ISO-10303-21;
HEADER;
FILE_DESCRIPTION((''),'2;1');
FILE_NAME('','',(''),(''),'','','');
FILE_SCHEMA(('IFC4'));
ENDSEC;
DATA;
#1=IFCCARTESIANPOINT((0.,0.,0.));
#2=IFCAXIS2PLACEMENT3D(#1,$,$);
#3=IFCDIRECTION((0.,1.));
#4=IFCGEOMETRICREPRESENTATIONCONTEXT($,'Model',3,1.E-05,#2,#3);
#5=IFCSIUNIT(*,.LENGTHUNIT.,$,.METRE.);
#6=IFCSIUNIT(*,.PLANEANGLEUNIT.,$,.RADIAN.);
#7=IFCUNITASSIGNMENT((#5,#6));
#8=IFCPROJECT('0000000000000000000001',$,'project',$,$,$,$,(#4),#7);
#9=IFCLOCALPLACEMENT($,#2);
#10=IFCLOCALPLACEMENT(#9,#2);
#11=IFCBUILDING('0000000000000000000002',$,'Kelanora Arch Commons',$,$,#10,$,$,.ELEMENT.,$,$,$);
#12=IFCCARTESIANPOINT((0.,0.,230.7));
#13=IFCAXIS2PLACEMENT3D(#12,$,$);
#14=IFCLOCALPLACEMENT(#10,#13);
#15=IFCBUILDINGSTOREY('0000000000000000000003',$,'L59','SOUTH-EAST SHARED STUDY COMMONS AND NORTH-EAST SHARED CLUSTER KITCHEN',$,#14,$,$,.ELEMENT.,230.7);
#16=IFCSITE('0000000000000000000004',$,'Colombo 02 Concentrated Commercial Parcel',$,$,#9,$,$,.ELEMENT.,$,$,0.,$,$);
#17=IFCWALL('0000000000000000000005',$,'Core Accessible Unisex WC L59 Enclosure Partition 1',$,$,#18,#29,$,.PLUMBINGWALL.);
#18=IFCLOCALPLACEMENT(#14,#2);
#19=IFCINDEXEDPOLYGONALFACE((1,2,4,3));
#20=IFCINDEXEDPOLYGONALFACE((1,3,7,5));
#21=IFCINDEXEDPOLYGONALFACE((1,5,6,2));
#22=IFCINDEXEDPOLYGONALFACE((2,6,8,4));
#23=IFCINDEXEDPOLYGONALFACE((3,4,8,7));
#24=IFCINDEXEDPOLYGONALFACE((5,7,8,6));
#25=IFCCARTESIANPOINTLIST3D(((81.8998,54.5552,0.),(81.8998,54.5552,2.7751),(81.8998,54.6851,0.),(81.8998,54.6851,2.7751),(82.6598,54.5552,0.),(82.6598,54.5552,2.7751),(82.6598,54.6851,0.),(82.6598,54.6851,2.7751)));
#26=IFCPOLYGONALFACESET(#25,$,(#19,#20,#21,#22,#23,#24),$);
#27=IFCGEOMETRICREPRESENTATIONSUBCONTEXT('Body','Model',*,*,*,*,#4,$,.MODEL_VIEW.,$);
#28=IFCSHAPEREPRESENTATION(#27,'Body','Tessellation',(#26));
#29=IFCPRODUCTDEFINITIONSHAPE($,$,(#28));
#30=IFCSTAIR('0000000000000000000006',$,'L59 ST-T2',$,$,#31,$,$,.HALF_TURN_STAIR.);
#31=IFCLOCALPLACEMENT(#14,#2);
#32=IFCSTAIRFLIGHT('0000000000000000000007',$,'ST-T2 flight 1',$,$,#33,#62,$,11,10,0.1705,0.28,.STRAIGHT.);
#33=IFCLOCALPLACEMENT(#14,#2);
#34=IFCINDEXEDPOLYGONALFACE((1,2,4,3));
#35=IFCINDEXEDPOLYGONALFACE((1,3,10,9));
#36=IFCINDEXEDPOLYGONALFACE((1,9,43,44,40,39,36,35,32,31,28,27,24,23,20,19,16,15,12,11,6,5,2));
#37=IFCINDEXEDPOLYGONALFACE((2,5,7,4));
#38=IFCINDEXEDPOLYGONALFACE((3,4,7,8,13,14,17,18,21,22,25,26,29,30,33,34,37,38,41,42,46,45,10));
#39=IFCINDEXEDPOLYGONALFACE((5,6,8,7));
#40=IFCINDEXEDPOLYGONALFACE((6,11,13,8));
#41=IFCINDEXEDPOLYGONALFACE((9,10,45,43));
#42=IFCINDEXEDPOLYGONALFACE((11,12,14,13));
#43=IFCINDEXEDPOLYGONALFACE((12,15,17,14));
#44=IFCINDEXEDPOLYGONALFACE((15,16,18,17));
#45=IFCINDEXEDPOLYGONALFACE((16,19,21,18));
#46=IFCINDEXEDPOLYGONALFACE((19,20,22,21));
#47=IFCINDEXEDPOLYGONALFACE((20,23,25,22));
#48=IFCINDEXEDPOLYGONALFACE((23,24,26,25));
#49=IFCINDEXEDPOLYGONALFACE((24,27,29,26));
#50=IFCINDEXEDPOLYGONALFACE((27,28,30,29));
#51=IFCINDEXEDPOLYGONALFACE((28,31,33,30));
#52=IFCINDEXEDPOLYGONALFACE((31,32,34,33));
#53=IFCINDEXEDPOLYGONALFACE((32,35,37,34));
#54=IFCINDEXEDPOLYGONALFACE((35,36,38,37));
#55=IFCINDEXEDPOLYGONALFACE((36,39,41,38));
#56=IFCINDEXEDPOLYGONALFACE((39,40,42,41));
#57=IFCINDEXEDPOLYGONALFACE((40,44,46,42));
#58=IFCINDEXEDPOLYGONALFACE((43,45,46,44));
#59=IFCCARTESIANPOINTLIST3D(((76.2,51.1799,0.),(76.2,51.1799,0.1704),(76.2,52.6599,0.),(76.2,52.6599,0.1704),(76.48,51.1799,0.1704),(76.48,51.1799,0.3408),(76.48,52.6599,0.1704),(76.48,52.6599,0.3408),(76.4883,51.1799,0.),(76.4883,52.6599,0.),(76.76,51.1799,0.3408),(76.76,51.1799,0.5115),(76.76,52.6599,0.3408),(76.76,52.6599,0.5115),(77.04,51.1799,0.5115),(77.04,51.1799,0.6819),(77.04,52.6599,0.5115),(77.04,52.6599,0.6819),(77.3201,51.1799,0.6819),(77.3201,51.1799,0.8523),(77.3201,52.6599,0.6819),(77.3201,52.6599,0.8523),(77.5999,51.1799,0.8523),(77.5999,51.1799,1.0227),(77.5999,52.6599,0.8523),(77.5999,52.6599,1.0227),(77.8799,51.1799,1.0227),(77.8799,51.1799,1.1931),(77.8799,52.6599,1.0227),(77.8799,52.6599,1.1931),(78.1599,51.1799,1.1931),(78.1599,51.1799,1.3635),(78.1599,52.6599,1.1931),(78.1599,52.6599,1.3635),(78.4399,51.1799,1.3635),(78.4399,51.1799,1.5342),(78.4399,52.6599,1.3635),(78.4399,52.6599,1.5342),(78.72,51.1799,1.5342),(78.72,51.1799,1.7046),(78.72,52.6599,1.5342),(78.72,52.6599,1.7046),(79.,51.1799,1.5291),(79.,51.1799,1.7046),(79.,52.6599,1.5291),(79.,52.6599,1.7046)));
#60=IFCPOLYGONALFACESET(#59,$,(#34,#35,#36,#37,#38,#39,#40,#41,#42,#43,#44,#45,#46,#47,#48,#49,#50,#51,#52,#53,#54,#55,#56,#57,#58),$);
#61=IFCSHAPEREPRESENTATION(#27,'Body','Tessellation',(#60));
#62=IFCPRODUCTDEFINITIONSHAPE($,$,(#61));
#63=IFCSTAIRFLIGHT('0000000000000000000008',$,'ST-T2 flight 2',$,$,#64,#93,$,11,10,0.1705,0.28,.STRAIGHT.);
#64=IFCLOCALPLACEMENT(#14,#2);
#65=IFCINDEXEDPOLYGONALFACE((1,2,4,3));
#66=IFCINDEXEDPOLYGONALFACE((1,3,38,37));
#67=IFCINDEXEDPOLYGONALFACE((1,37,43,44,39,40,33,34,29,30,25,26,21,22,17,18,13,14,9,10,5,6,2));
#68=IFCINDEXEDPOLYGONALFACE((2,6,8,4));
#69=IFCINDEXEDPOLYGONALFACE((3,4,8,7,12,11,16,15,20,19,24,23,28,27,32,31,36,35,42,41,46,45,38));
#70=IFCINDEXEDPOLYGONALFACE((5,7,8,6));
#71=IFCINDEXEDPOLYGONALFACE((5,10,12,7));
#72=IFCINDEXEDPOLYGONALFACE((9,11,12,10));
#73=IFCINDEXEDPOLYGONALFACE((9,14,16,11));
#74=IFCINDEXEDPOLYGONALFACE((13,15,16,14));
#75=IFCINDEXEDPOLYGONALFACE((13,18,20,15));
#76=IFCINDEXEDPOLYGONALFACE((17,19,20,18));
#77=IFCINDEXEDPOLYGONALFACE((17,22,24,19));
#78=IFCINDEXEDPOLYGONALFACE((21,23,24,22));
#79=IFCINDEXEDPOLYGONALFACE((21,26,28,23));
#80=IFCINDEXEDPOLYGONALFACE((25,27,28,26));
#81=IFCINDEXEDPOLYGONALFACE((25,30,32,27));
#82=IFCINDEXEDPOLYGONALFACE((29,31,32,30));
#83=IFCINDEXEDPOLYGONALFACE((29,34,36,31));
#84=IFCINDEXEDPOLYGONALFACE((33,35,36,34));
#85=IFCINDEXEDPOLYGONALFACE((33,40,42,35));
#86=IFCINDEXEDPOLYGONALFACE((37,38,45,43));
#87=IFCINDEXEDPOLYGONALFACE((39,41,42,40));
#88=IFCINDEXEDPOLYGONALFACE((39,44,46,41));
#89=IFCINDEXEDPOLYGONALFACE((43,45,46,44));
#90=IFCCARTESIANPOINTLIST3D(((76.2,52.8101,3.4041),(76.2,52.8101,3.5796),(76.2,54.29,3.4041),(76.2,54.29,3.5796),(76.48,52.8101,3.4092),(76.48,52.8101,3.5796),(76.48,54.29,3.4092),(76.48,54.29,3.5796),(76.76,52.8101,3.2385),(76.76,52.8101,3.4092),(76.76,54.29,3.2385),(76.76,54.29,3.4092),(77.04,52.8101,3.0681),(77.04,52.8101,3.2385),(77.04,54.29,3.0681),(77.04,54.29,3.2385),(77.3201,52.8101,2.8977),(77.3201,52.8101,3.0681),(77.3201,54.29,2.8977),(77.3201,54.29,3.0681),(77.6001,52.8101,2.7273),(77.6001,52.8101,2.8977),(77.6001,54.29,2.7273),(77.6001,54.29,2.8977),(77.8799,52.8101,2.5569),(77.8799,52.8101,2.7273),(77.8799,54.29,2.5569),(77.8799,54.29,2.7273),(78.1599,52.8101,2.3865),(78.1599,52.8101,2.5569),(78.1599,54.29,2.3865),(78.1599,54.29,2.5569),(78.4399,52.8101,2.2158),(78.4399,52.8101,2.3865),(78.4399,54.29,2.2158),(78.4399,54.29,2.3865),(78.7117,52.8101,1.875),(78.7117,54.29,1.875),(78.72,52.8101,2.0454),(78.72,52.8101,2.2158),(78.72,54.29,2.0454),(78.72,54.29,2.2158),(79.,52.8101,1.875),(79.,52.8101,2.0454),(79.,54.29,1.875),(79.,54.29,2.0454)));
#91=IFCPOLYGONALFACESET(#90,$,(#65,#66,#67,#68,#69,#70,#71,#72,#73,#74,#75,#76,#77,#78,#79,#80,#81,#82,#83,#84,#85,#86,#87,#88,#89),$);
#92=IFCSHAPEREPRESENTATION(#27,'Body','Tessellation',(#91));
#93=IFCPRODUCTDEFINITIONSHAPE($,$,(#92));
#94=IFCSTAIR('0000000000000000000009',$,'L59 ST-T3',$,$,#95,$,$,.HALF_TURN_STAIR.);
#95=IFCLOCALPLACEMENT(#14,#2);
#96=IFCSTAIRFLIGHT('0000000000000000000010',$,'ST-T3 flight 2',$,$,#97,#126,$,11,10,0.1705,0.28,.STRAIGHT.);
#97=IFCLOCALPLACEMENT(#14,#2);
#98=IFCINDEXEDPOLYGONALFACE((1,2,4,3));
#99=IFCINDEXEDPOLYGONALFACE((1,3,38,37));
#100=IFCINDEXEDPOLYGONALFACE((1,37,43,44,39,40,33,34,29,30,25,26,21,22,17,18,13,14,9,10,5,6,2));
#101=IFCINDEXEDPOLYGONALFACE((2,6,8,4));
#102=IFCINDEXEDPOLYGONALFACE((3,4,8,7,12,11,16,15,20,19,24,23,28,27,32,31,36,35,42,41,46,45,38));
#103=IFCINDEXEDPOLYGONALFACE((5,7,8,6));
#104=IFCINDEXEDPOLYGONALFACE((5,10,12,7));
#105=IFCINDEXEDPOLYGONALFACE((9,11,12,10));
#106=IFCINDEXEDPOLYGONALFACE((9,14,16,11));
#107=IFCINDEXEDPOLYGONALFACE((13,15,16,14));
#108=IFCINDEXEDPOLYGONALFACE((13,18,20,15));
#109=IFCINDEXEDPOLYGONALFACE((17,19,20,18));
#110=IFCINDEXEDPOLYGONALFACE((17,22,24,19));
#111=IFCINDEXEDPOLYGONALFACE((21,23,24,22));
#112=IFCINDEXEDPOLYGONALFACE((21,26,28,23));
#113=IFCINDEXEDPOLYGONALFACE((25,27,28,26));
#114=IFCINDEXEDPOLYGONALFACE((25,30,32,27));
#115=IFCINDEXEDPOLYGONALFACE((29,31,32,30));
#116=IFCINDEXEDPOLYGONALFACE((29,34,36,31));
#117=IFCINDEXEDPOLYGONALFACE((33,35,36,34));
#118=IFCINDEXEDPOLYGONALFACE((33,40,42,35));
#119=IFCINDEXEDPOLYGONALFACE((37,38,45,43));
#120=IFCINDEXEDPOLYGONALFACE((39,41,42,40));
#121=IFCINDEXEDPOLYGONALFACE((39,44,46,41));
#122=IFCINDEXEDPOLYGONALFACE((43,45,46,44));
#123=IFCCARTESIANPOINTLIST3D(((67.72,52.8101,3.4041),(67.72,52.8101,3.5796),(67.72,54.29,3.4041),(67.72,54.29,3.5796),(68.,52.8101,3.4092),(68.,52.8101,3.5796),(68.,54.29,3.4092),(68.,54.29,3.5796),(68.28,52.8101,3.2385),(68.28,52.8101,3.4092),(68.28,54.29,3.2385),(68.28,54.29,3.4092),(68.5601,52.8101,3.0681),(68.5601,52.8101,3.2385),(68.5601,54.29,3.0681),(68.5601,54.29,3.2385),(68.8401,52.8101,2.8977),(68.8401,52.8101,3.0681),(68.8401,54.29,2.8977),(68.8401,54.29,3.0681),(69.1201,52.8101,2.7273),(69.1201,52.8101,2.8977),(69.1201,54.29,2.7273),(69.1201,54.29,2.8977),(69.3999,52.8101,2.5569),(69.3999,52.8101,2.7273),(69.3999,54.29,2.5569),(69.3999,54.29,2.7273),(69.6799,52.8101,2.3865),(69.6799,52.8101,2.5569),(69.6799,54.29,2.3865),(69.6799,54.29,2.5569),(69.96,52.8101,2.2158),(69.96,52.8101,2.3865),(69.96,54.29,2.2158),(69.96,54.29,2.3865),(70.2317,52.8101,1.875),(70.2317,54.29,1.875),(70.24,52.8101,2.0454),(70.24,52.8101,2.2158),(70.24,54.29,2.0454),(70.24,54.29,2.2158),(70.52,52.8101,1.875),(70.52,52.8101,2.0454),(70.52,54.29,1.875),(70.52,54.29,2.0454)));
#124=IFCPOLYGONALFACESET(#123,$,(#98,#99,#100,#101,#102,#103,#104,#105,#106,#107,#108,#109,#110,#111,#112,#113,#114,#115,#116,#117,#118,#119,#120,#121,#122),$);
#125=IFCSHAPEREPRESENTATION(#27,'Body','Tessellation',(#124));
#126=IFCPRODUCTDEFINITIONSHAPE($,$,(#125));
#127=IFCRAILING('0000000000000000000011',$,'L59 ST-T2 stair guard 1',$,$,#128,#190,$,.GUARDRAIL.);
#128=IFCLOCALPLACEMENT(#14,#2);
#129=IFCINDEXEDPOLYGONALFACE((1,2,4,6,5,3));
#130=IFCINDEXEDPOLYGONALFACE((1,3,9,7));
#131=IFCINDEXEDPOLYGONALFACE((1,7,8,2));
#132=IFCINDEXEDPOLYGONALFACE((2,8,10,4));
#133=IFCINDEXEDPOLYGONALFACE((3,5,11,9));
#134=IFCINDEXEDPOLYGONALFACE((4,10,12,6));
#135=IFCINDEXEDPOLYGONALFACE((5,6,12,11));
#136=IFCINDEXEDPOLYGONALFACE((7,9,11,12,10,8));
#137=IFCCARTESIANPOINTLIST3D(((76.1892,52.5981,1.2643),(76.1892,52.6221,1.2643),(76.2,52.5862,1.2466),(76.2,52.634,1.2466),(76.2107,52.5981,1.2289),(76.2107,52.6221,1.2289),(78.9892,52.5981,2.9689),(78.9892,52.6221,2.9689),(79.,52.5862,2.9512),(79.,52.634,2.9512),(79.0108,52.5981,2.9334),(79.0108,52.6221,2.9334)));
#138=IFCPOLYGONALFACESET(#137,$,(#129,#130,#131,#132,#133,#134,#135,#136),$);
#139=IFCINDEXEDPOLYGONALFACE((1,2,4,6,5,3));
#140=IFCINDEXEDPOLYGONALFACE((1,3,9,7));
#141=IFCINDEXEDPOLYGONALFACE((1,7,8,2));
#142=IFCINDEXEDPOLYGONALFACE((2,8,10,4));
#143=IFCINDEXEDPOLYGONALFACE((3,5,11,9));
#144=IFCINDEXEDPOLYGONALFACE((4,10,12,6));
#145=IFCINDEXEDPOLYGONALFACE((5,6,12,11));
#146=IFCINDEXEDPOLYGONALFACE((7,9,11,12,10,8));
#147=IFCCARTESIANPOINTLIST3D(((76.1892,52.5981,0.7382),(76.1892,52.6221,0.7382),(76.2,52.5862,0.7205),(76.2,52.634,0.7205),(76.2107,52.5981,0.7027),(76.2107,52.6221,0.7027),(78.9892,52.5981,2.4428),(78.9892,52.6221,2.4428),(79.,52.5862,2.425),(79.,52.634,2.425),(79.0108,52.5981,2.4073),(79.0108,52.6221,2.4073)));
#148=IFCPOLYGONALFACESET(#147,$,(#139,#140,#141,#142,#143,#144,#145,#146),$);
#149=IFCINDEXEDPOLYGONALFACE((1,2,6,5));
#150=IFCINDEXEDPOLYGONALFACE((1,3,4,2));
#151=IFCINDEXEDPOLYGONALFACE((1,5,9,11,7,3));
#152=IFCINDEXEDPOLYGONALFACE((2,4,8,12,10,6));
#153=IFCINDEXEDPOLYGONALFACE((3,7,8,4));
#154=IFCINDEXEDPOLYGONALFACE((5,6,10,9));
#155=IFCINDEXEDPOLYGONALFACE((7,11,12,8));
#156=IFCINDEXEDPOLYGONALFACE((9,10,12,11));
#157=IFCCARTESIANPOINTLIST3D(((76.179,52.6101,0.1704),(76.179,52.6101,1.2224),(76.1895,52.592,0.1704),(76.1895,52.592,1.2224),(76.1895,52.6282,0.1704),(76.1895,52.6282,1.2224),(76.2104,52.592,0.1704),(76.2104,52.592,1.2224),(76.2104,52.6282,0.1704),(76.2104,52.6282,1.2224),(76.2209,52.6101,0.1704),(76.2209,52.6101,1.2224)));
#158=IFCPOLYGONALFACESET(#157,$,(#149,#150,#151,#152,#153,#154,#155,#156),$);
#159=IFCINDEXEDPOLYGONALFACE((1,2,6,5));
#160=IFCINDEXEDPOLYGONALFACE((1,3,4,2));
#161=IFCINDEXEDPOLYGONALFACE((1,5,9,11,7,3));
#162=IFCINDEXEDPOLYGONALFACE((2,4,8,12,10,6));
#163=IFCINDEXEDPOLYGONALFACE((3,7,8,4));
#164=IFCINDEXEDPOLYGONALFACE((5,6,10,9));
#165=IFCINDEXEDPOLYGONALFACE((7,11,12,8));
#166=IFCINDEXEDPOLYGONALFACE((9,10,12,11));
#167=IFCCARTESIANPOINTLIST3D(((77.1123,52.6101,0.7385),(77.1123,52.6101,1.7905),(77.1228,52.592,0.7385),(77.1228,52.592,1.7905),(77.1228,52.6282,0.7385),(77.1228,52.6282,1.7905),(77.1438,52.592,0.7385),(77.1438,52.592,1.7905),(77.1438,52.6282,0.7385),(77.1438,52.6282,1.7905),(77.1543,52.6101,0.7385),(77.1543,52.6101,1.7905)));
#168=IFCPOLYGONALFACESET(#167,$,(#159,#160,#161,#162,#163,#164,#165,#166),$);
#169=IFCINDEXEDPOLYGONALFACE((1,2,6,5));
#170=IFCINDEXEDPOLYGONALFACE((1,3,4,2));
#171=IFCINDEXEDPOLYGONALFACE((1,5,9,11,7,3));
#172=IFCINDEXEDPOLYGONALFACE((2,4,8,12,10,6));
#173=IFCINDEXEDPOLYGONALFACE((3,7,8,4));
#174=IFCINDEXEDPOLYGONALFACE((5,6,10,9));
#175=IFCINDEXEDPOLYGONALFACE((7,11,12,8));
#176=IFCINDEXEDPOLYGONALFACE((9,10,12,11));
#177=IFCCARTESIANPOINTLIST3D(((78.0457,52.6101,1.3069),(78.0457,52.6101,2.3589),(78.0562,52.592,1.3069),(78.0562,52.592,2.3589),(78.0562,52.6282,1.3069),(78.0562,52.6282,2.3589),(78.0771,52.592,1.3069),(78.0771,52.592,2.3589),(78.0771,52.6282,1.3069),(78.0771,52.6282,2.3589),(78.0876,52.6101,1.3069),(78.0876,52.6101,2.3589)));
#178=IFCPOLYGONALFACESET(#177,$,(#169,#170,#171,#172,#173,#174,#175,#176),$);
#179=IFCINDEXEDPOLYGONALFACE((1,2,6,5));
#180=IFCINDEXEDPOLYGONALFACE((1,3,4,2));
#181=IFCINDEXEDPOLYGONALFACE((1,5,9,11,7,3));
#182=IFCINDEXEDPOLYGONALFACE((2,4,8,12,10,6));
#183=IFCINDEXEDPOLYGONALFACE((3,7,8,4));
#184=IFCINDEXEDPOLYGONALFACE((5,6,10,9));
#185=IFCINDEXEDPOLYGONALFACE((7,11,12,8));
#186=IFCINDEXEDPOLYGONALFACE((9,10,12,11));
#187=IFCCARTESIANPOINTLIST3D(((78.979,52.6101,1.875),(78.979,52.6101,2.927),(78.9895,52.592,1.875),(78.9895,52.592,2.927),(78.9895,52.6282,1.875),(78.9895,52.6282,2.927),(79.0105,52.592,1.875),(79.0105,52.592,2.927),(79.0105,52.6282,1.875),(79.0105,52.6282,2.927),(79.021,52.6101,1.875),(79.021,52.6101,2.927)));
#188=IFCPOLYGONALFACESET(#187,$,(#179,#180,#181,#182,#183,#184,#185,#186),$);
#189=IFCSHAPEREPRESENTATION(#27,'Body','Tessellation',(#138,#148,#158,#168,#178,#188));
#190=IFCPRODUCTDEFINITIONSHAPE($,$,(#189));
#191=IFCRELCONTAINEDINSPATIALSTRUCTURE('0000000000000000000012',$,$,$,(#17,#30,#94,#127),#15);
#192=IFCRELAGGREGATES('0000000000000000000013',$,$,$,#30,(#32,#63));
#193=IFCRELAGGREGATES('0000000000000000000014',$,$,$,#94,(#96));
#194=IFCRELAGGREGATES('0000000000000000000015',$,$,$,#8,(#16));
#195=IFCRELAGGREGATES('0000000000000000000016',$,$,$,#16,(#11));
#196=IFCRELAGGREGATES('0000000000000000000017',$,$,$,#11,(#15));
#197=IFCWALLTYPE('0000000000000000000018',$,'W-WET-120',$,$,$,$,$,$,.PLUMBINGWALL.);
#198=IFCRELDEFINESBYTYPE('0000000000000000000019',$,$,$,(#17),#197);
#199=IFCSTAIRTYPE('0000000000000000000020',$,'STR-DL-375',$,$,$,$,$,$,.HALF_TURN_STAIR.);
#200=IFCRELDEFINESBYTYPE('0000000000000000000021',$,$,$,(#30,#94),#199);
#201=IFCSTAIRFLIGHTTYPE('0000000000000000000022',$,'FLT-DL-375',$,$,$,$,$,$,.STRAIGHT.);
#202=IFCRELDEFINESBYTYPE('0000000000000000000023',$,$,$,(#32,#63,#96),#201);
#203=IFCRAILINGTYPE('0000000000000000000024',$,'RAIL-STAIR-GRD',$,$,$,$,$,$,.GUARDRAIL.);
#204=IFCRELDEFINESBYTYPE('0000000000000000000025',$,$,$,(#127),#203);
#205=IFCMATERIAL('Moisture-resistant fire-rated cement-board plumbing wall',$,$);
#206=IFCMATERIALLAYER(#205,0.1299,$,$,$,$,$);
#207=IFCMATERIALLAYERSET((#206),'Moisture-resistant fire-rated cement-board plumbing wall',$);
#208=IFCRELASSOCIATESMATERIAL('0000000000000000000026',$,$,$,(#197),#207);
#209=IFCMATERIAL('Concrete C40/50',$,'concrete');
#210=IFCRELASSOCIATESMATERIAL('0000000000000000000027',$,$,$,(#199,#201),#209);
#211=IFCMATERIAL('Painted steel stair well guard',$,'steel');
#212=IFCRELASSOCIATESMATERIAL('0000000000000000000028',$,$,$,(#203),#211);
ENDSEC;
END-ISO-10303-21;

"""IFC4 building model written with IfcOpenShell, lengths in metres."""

from ifc_helpers import new_model, si_unit, direction, frame, frame_2d, origin, place, context, subcontext, project, spatial, polyline, rectangle, outline, extrude, material, layer, layer_set, type_object, element, aggregate, save


model = new_model("IFC4")

# Units and contexts
model_context = context("Model", 3, precision=1e-05, world=origin(), true_north=direction((0.0, 1.0)))
body_context = subcontext(model_context, "Body", "Model", "MODEL_VIEW")
ifc_project = project(units=[si_unit("LENGTHUNIT", "METRE"), si_unit("PLANEANGLEUNIT", "RADIAN")], contexts=[model_context])

# Site, building, storey
site_placement = place(None, origin())
site = spatial("IfcSite", under=ifc_project, at=site_placement, Name="Colombo 02 Concentrated Commercial Parcel", CompositionType="ELEMENT", RefElevation=0.0)
building_placement = place(site_placement, origin())
building = spatial("IfcBuilding", under=site, at=building_placement, Name="Kelanora Arch Commons", CompositionType="ELEMENT")
storey_placement = place(building_placement, frame((0.0, 0.0, 230.7)))
storey = spatial("IfcBuildingStorey", under=building, at=storey_placement, Name="L59", Description="SOUTH-EAST SHARED STUDY COMMONS AND NORTH-EAST SHARED CLUSTER KITCHEN", CompositionType="ELEMENT", Elevation=230.7)

# Shared definitions
ifc_material_1 = material(Name="Concrete C40/50", Category="concrete")

# Wall
ifc_material_2 = material(Name="Moisture-resistant fire-rated cement-board plumbing wall")
ifc_layer_1 = layer(ifc_material_2, 0.1299)
ifc_layer_set_1 = layer_set([ifc_layer_1], Name="Moisture-resistant fire-rated cement-board plumbing wall")
wall_type_1 = type_object("IfcWallType", Name="W-WET-120", PredefinedType="PLUMBINGWALL", material=ifc_layer_set_1)
wall_1_placement = place(storey_placement, frame((81.8999, 54.6201, 0.0), z_axis=(0.0, 0.0, 1.0), x_axis=(1.0, 0.0, 0.0)))
element("IfcWall", 1, at=wall_1_placement, inside=storey, type_object=wall_type_1, Name="Core Accessible Unisex WC L59 Enclosure Partition 1", PredefinedType="PLUMBINGWALL", context=body_context, shape_type="SweptSolid", body=[
    extrude(rectangle(XDim=0.76, YDim=0.1299, at=frame_2d((0.3799, 0.0))), origin(), (0.0, 0.0, 1.0), 2.7751),
])

# Stair, stair flights
stair_type = type_object("IfcStairType", Name="STR-DL-375", PredefinedType="HALF_TURN_STAIR", material=ifc_material_1)
stair_1_placement = place(storey_placement, origin())
stair_1 = element("IfcStair", 2, at=stair_1_placement, inside=storey, type_object=stair_type, Name="L59 ST-T2", PredefinedType="HALF_TURN_STAIR")
stair_flight_type = type_object("IfcStairFlightType", Name="FLT-DL-375", PredefinedType="STRAIGHT", material=ifc_material_1)
stair_flight_1_placement = place(storey_placement, frame((76.2, 51.9199, 0.0), z_axis=(0.0, 0.0, 1.0), x_axis=(1.0, 0.0, 0.0)))
stair_flight_1 = element("IfcStairFlight", 3, at=stair_flight_1_placement, type_object=stair_flight_type, Name="ST-T2 flight 1", NumberOfRisers=11, NumberOfTreads=10, PredefinedType="STRAIGHT", RiserHeight=0.1705, TreadLength=0.28, context=body_context, shape_type="SweptSolid", body=[
    extrude(outline(polyline([(0.0, 0.0), (0.0, 0.1704), (0.28, 0.1704), (0.28, 0.3408), (0.5601, 0.3408), (0.5601, 0.5115), (0.8401, 0.5115), (0.8401, 0.6819), (1.1201, 0.6819), (1.1201, 0.8523), (1.3999, 0.8523), (1.3999, 1.0227), (1.6799, 1.0227), (1.6799, 1.1931), (1.96, 1.1931), (1.96, 1.3635), (2.24, 1.3635), (2.24, 1.5342), (2.52, 1.5342), (2.52, 1.7046), (2.8, 1.7046), (2.8, 1.875), (2.8, 1.5291), (0.2883, 0.0), (0.0, 0.0)])), frame((0.0, 0.74, 0.0), z_axis=(0.0, -1.0, 0.0), x_axis=(1.0, 0.0, 0.0)), (0.0, 0.0, 1.0), 1.48),
])
stair_flight_2_placement = place(storey_placement, frame((79.0, 53.55, 1.875), z_axis=(0.0, 0.0, 1.0), x_axis=(-1.0, 0.0, 0.0)))
stair_flight_2 = element("IfcStairFlight", 4, at=stair_flight_2_placement, type_object=stair_flight_type, Name="ST-T2 flight 2", NumberOfRisers=11, NumberOfTreads=10, PredefinedType="STRAIGHT", RiserHeight=0.1705, TreadLength=0.28, context=body_context, shape_type="SweptSolid", body=[
    extrude(outline(polyline([(0.0, 0.0), (0.0, 0.1704), (0.28, 0.1704), (0.28, 0.3408), (0.5601, 0.3408), (0.5601, 0.5115), (0.8401, 0.5115), (0.8401, 0.6819), (1.1201, 0.6819), (1.1201, 0.8523), (1.3999, 0.8523), (1.3999, 1.0227), (1.6799, 1.0227), (1.6799, 1.1931), (1.96, 1.1931), (1.96, 1.3635), (2.24, 1.3635), (2.24, 1.5342), (2.52, 1.5342), (2.52, 1.7046), (2.8, 1.7046), (2.8, 1.875), (2.8, 1.5291), (0.2883, 0.0), (0.0, 0.0)])), frame((0.0, 0.74, 0.0), z_axis=(0.0, -1.0, 0.0), x_axis=(1.0, 0.0, 0.0)), (0.0, 0.0, 1.0), 1.48),
])
aggregate(stair_1, [stair_flight_1, stair_flight_2])

# Stair, stair flight
stair_2_placement = place(storey_placement, origin())
stair_2 = element("IfcStair", 5, at=stair_2_placement, inside=storey, type_object=stair_type, Name="L59 ST-T3", PredefinedType="HALF_TURN_STAIR")
stair_flight_3_placement = place(storey_placement, frame((70.52, 53.55, 1.875), z_axis=(0.0, 0.0, 1.0), x_axis=(-1.0, 0.0, 0.0)))
stair_flight_3 = element("IfcStairFlight", 6, at=stair_flight_3_placement, type_object=stair_flight_type, Name="ST-T3 flight 2", NumberOfRisers=11, NumberOfTreads=10, PredefinedType="STRAIGHT", RiserHeight=0.1705, TreadLength=0.28, context=body_context, shape_type="SweptSolid", body=[
    extrude(outline(polyline([(0.0, 0.0), (0.0, 0.1704), (0.28, 0.1704), (0.28, 0.3408), (0.5601, 0.3408), (0.5601, 0.5115), (0.8401, 0.5115), (0.8401, 0.6819), (1.1201, 0.6819), (1.1201, 0.8523), (1.3999, 0.8523), (1.3999, 1.0227), (1.6799, 1.0227), (1.6799, 1.1931), (1.96, 1.1931), (1.96, 1.3635), (2.24, 1.3635), (2.24, 1.5342), (2.52, 1.5342), (2.52, 1.7046), (2.8, 1.7046), (2.8, 1.875), (2.8, 1.5291), (0.2883, 0.0), (0.0, 0.0)])), frame((0.0, 0.74, 0.0), z_axis=(0.0, -1.0, 0.0), x_axis=(1.0, 0.0, 0.0)), (0.0, 0.0, 1.0), 1.48),
])
aggregate(stair_2, [stair_flight_3])

# Railing
ifc_material_3 = material(Name="Painted steel stair well guard", Category="steel")
railing_type_1 = type_object("IfcRailingType", Name="RAIL-STAIR-GRD", PredefinedType="GUARDRAIL", material=ifc_material_3)
railing_1_placement = place(storey_placement, frame((76.2, 52.6101, 0.1704)))
element("IfcRailing", 7, at=railing_1_placement, inside=storey, type_object=railing_type_1, Name="L59 ST-T2 stair guard 1", PredefinedType="GUARDRAIL", context=body_context, shape_type="SweptSolid", body=[
    extrude(outline(polyline([(0.0239, 0.0), (0.012, 0.0208), (-0.012, 0.0208), (-0.0239, 0.0), (-0.012, -0.0208), (0.012, -0.0208), (0.0239, 0.0)])), frame((0.0, 0.0, 1.0762), z_axis=(0.85417, 0.0, 0.519994), x_axis=(0.0, 1.0, 0.0)), (0.0, 0.0, 1.0), 3.2781),
    extrude(outline(polyline([(0.0239, 0.0), (0.012, 0.0208), (-0.012, 0.0208), (-0.0239, 0.0), (-0.012, -0.0208), (0.012, -0.0208), (0.0239, 0.0)])), frame((0.0, 0.0, 0.55), z_axis=(0.85417, 0.0, 0.519994), x_axis=(0.0, 1.0, 0.0)), (0.0, 0.0, 1.0), 3.2781),
    extrude(outline(polyline([(0.021, 0.0), (0.0105, 0.0181), (-0.0105, 0.0181), (-0.021, 0.0), (-0.0105, -0.0181), (0.0105, -0.0181), (0.021, 0.0)])), origin(), (0.0, 0.0, 1.0), 1.052),
    extrude(outline(polyline([(0.021, 0.0), (0.0105, 0.0181), (-0.0105, 0.0181), (-0.021, 0.0), (-0.0105, -0.0181), (0.0105, -0.0181), (0.021, 0.0)])), frame((0.9333, 0.0, 0.5681)), (0.0, 0.0, 1.0), 1.052),
    extrude(outline(polyline([(0.021, 0.0), (0.0105, 0.0181), (-0.0105, 0.0181), (-0.021, 0.0), (-0.0105, -0.0181), (0.0105, -0.0181), (0.021, 0.0)])), frame((1.8667, 0.0, 1.1365)), (0.0, 0.0, 1.0), 1.052),
    extrude(outline(polyline([(0.021, 0.0), (0.0105, 0.0181), (-0.0105, 0.0181), (-0.021, 0.0), (-0.0105, -0.0181), (0.0105, -0.0181), (0.021, 0.0)])), frame((2.8, 0.0, 1.7046)), (0.0, 0.0, 1.0), 1.052),
])

save(model, "model.ifc")
